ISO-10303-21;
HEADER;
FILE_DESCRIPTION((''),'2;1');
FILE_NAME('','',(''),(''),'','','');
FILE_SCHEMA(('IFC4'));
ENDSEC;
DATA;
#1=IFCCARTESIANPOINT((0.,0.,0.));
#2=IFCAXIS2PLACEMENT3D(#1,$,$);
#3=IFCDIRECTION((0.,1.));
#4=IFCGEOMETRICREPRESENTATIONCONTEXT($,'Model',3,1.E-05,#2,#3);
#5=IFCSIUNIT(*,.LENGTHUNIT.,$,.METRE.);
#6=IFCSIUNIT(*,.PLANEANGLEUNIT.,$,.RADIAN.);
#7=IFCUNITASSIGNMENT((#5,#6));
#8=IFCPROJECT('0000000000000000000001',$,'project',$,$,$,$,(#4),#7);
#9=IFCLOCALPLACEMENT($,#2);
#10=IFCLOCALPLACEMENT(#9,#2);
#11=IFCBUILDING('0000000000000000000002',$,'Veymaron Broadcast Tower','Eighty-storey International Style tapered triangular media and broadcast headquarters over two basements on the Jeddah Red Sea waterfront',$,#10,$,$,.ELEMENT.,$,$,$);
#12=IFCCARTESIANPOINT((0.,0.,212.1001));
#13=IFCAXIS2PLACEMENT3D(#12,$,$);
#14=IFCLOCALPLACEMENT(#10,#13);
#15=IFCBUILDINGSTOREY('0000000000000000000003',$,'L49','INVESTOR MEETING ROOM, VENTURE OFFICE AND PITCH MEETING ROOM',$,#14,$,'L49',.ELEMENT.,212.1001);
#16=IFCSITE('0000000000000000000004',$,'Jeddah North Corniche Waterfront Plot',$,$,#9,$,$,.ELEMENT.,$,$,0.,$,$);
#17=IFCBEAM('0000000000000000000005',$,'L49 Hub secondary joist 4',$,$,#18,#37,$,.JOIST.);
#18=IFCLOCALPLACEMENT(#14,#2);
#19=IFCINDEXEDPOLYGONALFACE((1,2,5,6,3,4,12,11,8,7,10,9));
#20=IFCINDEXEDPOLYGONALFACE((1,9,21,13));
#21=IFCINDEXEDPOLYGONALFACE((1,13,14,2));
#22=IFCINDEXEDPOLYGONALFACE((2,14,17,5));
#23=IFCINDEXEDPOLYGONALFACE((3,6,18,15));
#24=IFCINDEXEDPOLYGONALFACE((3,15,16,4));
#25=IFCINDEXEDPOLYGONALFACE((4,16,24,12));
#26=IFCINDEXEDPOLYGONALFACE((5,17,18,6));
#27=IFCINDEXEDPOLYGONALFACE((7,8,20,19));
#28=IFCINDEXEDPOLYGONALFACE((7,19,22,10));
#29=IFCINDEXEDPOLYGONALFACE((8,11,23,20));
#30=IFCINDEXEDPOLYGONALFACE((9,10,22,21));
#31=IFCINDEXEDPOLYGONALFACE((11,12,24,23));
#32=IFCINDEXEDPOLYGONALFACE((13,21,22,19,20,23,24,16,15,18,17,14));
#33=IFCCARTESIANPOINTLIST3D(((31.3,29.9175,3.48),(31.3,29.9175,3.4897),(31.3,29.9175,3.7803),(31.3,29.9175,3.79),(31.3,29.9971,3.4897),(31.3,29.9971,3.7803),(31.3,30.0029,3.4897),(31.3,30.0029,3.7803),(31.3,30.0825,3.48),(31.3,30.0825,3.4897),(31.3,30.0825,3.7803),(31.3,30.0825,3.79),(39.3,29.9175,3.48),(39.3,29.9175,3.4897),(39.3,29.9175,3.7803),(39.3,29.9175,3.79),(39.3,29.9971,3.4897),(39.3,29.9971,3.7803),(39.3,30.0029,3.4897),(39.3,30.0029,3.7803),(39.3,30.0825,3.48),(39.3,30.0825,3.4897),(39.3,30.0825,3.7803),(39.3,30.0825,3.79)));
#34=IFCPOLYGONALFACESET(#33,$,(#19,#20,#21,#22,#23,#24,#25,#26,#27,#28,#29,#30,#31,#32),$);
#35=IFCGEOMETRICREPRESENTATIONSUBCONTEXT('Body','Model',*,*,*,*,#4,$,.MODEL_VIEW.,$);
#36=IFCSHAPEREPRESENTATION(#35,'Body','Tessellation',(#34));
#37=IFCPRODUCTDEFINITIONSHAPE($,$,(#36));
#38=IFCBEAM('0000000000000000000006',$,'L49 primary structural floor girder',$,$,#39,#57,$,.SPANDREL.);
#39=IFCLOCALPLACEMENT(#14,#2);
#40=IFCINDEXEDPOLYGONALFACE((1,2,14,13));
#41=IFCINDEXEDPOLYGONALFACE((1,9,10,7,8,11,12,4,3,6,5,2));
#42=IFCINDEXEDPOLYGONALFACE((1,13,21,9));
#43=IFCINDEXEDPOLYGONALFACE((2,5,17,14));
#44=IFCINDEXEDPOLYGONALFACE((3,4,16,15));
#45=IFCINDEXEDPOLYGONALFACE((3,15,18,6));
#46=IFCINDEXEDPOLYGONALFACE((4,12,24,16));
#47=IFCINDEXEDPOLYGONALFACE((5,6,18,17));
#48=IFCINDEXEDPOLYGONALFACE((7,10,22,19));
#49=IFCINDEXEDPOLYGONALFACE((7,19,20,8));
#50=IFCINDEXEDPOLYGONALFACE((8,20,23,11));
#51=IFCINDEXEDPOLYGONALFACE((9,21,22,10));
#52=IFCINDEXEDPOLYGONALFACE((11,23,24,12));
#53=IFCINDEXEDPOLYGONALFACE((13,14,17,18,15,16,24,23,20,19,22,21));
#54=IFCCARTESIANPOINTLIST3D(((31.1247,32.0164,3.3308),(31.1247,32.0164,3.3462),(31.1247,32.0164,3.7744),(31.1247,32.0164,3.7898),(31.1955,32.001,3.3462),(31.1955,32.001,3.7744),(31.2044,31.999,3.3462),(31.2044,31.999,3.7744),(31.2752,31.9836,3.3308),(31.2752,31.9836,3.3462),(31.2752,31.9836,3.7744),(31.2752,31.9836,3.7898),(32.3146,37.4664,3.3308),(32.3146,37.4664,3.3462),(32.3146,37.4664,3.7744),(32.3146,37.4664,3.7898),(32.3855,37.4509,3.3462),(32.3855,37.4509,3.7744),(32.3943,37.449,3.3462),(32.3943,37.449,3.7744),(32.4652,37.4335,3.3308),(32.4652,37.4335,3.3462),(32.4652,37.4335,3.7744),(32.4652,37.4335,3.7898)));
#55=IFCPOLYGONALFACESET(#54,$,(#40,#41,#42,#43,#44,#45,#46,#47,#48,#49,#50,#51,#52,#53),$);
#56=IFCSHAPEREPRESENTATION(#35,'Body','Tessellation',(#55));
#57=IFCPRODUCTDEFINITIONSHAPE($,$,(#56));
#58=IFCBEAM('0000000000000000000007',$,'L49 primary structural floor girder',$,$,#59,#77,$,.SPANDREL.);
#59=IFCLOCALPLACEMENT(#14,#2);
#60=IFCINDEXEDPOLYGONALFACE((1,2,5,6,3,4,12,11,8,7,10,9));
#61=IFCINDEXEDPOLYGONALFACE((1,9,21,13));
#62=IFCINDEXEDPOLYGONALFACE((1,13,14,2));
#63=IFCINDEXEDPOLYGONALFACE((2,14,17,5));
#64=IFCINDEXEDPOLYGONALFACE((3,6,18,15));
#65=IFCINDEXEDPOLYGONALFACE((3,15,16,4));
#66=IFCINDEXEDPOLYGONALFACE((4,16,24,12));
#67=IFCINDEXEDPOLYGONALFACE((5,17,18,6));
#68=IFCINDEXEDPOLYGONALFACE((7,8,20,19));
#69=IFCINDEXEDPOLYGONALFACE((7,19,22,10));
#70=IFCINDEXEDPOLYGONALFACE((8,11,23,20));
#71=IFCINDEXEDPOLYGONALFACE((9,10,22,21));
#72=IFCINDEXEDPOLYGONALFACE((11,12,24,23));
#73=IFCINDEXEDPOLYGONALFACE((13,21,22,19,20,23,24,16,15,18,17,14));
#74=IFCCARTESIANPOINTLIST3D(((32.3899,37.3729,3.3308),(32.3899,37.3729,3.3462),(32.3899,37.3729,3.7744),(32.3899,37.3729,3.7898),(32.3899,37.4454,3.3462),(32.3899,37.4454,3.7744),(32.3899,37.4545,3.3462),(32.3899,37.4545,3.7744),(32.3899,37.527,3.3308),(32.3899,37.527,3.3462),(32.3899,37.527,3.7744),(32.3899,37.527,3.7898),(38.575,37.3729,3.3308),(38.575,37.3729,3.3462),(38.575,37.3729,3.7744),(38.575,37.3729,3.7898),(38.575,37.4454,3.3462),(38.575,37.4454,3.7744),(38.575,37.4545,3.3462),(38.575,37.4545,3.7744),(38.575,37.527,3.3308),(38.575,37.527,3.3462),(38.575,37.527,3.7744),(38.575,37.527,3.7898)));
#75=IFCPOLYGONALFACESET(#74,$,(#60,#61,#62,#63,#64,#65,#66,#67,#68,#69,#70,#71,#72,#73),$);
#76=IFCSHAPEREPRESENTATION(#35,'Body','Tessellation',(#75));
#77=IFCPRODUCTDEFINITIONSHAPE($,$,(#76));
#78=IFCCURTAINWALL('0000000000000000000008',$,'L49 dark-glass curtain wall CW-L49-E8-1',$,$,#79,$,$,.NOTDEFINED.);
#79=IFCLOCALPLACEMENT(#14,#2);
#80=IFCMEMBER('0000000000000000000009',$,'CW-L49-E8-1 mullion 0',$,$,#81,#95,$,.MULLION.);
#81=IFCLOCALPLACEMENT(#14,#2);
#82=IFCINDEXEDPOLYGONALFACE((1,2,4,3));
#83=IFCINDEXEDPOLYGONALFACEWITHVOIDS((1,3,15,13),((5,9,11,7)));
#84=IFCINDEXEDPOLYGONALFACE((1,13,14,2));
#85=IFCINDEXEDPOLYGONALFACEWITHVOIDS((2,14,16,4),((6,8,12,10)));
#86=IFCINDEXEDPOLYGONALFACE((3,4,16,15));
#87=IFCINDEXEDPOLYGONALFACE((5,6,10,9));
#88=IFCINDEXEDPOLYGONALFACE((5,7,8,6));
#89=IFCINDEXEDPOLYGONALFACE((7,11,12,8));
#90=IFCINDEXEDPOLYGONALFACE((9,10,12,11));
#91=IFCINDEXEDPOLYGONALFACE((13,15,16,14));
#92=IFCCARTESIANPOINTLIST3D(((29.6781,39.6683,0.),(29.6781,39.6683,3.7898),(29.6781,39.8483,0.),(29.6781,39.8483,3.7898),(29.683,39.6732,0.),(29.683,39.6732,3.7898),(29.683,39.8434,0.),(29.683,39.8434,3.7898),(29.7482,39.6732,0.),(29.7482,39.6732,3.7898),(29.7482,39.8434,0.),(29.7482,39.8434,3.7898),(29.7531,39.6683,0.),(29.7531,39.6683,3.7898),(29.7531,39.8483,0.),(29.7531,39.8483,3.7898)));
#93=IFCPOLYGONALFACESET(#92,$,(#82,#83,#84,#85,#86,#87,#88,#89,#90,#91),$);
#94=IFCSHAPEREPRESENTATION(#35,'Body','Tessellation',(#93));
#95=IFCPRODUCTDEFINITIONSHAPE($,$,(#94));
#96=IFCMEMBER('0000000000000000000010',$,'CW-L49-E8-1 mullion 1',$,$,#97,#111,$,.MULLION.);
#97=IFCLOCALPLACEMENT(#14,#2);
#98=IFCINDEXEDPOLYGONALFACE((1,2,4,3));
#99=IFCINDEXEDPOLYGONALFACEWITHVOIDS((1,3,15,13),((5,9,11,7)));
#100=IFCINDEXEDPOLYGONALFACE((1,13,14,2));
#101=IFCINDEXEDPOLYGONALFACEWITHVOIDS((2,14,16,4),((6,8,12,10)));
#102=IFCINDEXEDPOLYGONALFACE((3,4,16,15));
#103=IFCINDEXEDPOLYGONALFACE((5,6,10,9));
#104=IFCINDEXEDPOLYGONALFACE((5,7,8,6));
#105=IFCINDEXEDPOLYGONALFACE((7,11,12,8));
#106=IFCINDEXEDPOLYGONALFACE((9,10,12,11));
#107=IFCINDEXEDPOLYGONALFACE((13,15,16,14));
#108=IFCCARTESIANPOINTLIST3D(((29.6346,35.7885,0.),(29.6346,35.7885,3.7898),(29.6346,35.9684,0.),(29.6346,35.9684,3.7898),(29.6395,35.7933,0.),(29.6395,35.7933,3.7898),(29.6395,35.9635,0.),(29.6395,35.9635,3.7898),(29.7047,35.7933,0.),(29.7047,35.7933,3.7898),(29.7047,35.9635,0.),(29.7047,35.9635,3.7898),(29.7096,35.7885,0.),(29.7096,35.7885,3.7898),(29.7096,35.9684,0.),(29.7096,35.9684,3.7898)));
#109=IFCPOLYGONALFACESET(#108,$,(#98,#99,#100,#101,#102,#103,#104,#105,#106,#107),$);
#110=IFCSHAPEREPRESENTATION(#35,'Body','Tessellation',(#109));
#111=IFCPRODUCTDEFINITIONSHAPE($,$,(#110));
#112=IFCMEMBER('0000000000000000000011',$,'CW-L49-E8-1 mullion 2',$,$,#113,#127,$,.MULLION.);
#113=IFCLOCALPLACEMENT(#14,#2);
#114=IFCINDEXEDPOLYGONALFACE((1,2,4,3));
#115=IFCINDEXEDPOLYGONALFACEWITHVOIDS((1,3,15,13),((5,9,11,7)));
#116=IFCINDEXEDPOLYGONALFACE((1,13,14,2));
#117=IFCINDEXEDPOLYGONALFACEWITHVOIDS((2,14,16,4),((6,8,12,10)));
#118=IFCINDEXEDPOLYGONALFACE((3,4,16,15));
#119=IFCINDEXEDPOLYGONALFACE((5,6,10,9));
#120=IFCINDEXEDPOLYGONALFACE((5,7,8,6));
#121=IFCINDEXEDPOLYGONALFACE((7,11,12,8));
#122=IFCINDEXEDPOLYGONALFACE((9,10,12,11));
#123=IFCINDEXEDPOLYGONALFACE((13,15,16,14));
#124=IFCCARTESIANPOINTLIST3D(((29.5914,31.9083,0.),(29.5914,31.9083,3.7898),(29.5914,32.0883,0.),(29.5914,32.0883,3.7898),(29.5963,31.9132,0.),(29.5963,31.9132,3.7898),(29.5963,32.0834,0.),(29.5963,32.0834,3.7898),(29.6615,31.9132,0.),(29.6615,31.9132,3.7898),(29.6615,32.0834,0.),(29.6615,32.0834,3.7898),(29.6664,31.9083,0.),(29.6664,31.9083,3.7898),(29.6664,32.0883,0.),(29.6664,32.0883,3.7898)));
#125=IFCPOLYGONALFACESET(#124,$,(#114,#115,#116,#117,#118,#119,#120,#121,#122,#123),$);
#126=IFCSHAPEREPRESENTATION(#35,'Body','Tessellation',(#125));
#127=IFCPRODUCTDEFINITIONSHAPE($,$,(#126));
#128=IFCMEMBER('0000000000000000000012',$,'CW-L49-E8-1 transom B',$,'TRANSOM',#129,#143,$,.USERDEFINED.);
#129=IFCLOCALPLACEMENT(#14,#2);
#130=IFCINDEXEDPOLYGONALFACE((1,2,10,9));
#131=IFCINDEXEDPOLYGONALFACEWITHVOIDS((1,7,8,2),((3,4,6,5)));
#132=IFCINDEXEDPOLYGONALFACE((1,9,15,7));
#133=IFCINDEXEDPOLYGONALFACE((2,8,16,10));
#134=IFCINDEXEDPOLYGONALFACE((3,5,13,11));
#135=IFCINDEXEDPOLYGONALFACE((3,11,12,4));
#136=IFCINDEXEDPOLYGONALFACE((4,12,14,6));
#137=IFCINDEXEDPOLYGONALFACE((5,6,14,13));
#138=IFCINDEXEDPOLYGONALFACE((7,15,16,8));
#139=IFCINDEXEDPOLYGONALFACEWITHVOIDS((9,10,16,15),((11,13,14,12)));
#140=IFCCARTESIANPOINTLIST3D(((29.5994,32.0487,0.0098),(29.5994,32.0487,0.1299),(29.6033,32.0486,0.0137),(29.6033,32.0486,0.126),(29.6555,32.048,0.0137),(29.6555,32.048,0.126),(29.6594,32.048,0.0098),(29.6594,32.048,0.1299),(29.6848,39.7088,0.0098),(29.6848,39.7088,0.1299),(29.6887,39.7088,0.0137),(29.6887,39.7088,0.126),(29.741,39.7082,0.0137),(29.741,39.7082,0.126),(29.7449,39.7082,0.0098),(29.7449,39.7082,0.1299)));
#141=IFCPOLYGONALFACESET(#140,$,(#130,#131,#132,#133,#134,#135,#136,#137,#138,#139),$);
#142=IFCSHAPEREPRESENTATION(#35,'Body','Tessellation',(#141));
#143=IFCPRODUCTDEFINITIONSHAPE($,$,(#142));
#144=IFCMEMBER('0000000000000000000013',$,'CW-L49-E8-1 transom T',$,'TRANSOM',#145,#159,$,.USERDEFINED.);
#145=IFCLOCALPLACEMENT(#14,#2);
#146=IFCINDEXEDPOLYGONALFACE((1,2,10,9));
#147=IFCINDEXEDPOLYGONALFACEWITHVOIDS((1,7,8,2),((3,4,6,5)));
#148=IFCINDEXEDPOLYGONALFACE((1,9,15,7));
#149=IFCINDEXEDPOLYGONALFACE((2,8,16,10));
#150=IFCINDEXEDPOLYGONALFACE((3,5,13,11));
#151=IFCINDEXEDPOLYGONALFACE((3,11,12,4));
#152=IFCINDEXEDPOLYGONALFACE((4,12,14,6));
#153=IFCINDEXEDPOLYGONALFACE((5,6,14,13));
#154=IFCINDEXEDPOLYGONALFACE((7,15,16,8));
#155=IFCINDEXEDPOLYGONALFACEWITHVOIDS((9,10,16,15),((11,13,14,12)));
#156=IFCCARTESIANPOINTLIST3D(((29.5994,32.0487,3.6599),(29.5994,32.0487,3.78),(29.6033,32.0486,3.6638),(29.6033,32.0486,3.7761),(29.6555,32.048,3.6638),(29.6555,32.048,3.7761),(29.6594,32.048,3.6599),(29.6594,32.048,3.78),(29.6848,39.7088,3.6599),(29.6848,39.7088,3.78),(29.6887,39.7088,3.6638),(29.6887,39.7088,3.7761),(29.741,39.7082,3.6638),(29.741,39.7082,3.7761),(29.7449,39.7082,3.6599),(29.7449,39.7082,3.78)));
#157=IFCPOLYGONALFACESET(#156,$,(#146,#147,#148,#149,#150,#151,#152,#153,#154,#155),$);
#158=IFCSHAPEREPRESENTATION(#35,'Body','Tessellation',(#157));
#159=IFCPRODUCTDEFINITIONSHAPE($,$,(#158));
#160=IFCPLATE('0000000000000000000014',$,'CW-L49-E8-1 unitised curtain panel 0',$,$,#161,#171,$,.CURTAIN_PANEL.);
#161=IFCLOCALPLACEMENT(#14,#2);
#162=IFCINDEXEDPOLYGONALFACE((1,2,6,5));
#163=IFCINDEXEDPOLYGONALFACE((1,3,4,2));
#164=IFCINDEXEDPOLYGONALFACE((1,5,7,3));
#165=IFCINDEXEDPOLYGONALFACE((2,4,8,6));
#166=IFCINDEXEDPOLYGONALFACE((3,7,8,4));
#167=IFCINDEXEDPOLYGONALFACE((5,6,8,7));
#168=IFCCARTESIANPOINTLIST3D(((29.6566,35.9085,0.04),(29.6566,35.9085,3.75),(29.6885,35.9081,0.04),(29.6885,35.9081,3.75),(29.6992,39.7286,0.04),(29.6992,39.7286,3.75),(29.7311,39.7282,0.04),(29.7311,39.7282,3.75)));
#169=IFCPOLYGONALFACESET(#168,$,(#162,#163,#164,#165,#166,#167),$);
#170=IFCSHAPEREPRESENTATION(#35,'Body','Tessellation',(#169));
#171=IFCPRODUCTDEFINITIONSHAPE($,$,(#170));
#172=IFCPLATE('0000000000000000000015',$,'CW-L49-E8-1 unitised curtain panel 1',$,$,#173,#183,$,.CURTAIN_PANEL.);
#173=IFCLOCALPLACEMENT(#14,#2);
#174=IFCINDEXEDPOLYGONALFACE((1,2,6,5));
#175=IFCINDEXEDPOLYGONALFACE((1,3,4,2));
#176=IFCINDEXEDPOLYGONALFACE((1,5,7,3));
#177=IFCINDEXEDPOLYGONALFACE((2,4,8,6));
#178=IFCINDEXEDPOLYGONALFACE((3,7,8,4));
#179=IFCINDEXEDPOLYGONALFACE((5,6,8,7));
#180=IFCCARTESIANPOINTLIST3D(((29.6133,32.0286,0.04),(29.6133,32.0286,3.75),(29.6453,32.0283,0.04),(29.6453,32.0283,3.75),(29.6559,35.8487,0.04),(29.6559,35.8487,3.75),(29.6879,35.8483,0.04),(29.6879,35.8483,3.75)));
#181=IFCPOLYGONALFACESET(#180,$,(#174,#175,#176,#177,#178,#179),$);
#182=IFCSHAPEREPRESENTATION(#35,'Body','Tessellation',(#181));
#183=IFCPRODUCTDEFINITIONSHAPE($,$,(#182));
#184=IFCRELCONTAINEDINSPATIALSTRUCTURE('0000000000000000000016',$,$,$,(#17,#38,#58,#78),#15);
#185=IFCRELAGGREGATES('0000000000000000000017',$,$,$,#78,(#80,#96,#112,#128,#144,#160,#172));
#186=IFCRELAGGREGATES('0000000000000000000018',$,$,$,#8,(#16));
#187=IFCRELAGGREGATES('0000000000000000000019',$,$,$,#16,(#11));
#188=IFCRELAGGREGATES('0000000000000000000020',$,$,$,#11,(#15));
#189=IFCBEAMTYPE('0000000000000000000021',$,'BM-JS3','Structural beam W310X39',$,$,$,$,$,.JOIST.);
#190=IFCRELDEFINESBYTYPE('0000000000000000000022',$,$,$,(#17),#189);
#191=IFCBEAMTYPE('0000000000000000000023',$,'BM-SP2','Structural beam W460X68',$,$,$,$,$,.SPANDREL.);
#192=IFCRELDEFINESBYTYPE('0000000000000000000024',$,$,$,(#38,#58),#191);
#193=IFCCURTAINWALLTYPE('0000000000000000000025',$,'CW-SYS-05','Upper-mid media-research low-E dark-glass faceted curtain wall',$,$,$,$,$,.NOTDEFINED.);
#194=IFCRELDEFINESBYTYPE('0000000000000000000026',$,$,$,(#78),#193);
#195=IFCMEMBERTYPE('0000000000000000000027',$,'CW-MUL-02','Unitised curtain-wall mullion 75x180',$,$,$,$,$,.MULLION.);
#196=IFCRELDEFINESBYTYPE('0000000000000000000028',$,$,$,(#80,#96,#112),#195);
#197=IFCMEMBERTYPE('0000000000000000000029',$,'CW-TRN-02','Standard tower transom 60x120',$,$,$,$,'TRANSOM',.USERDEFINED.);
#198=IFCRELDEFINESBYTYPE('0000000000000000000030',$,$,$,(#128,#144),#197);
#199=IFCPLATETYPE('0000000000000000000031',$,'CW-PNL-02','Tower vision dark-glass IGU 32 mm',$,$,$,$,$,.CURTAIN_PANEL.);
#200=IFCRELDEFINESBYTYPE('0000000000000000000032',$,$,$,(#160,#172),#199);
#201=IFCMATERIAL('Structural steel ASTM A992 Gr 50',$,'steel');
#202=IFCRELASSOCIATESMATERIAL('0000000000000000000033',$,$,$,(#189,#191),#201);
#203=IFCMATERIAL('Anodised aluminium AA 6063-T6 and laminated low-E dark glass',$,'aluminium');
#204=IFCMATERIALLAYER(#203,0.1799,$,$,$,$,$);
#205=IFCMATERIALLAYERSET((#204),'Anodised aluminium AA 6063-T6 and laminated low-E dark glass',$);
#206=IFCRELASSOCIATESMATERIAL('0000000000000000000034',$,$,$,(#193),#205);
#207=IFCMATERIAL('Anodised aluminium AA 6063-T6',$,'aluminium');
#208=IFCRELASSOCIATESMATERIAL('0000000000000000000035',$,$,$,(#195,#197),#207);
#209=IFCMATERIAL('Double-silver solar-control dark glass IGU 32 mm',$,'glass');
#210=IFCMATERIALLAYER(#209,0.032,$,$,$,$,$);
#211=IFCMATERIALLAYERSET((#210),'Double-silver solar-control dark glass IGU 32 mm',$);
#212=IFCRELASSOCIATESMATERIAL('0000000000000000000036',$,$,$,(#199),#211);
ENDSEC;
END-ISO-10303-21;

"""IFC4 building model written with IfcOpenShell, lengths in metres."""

from ifc_helpers import new_model, si_unit, direction, frame, origin, origin_2d, place, context, subcontext, project, spatial, rectangle, hollow_rectangle, i_section, extrude, material, layer, layer_set, material_profile, profile_set, type_object, element, aggregate, save


model = new_model("IFC4")

# Units and contexts
model_context = context("Model", 3, precision=1e-05, world=origin(), true_north=direction((0.0, 1.0)))
body_context = subcontext(model_context, "Body", "Model", "MODEL_VIEW")
ifc_project = project(units=[si_unit("LENGTHUNIT", "METRE"), si_unit("PLANEANGLEUNIT", "RADIAN")], contexts=[model_context])

# Site, building, storey
site_placement = place(None, origin())
site = spatial("IfcSite", under=ifc_project, at=site_placement, Name="Jeddah North Corniche Waterfront Plot", CompositionType="ELEMENT", RefElevation=0.0)
building_placement = place(site_placement, origin())
building = spatial("IfcBuilding", under=site, at=building_placement, Name="Veymaron Broadcast Tower", Description="Eighty-storey International Style tapered triangular media and broadcast headquarters over two basements on the Jeddah Red Sea waterfront", CompositionType="ELEMENT")
storey_placement = place(building_placement, frame((0.0, 0.0, 212.1001)))
storey = spatial("IfcBuildingStorey", under=building, at=storey_placement, Name="L49", Description="INVESTOR MEETING ROOM, VENTURE OFFICE AND PITCH MEETING ROOM", LongName="L49", CompositionType="ELEMENT", Elevation=212.1001)

# Shared definitions
ifc_material_1 = material(Name="Structural steel ASTM A992 Gr 50", Category="steel")

# Beams
ifc_material_profile_1 = material_profile(ifc_material_1, i_section(OverallWidth=0.165, OverallDepth=0.3101, WebThickness=0.0059, FlangeThickness=0.0098, at=origin_2d()), Name="W310X39")
ifc_profile_set_1 = profile_set([ifc_material_profile_1], Name="Structural steel ASTM A992 Gr 50")
beam_type_1 = type_object("IfcBeamType", Name="BM-JS3", Description="Structural beam W310X39", PredefinedType="JOIST", material=ifc_profile_set_1)
for number, where, z_axis, x_axis, name in (
    (1, (31.3, 30.0, 3.635), (1.0, 0.0, 0.0), (0.0, 1.0, 0.0), "L49 Hub secondary joist 4"),
):
    element("IfcBeam", number, at=place(storey_placement, frame(where, z_axis=z_axis, x_axis=x_axis)), inside=storey, type_object=beam_type_1, Name=name, PredefinedType="JOIST", context=body_context, shape_type="SweptSolid", body=[
        extrude(i_section(OverallWidth=0.165, OverallDepth=0.3101, WebThickness=0.0059, FlangeThickness=0.0098, at=origin_2d()), origin(), (0.0, 0.0, 1.0), 8.0),
    ])
ifc_material_profile_2 = material_profile(ifc_material_1, i_section(OverallWidth=0.1541, OverallDepth=0.459, WebThickness=0.009, FlangeThickness=0.0154, at=origin_2d()), Name="W460X68")
ifc_profile_set_2 = profile_set([ifc_material_profile_2], Name="Structural steel ASTM A992 Gr 50")
beam_type_2 = type_object("IfcBeamType", Name="BM-SP2", Description="Structural beam W460X68", PredefinedType="SPANDREL", material=ifc_profile_set_2)
beam_1_placement = place(storey_placement, frame((31.2, 32.0, 3.5603), z_axis=(0.213314, 0.976984, 0.0), x_axis=(-0.976984, 0.213314, 0.0)))
element("IfcBeam", 2, at=beam_1_placement, inside=storey, type_object=beam_type_2, Name="L49 primary structural floor girder", PredefinedType="SPANDREL", context=body_context, shape_type="SweptSolid", body=[
    extrude(i_section(OverallWidth=0.1541, OverallDepth=0.459, WebThickness=0.009, FlangeThickness=0.0154, at=origin_2d()), origin(), (0.0, 0.0, 1.0), 5.5784),
])
beam_2_placement = place(storey_placement, frame((32.3899, 37.45, 3.5603), z_axis=(1.0, 0.0, 0.0), x_axis=(0.0, 1.0, 0.0)))
element("IfcBeam", 3, at=beam_2_placement, inside=storey, type_object=beam_type_2, Name="L49 primary structural floor girder", PredefinedType="SPANDREL", context=body_context, shape_type="SweptSolid", body=[
    extrude(i_section(OverallWidth=0.1541, OverallDepth=0.459, WebThickness=0.009, FlangeThickness=0.0154, at=origin_2d()), origin(), (0.0, 0.0, 1.0), 6.1851),
])

# Curtain wall, members, plates
ifc_material_2 = material(Name="Anodised aluminium AA 6063-T6 and laminated low-E dark glass", Category="aluminium")
ifc_layer_1 = layer(ifc_material_2, 0.1799)
ifc_layer_set_1 = layer_set([ifc_layer_1], Name="Anodised aluminium AA 6063-T6 and laminated low-E dark glass")
curtain_wall_type = type_object("IfcCurtainWallType", Name="CW-SYS-05", Description="Upper-mid media-research low-E dark-glass faceted curtain wall", PredefinedType="NOTDEFINED", material=ifc_layer_set_1)
curtain_wall_placement = place(storey_placement, origin())
curtain_wall = element("IfcCurtainWall", 4, at=curtain_wall_placement, inside=storey, type_object=curtain_wall_type, Name="L49 dark-glass curtain wall CW-L49-E8-1", PredefinedType="NOTDEFINED")
ifc_material_3 = material(Name="Anodised aluminium AA 6063-T6", Category="aluminium")
ifc_material_profile_3 = material_profile(ifc_material_3, hollow_rectangle(XDim=0.075, YDim=0.1799, WallThickness=0.0049, at=origin_2d()), Name="AL180X75X5")
ifc_profile_set_3 = profile_set([ifc_material_profile_3], Name="Anodised aluminium AA 6063-T6")
member_type_1 = type_object("IfcMemberType", Name="CW-MUL-02", Description="Unitised curtain-wall mullion 75x180", PredefinedType="MULLION", material=ifc_profile_set_3)
member_1_placement = place(storey_placement, frame((29.7156, 39.7583, 0.0), z_axis=(0.0, 0.0, 1.0), x_axis=(1.0, 0.0, 0.0)))
member_1 = element("IfcMember", 5, at=member_1_placement, type_object=member_type_1, Name="CW-L49-E8-1 mullion 0", PredefinedType="MULLION", context=body_context, shape_type="SweptSolid", body=[
    extrude(hollow_rectangle(XDim=0.075, YDim=0.1799, WallThickness=0.0049, at=origin_2d()), origin(), (0.0, 0.0, 1.0), 3.7898),
])
member_2_placement = place(storey_placement, frame((29.6721, 35.8784, 0.0), z_axis=(0.0, 0.0, 1.0), x_axis=(1.0, 0.0, 0.0)))
member_2 = element("IfcMember", 6, at=member_2_placement, type_object=member_type_1, Name="CW-L49-E8-1 mullion 1", PredefinedType="MULLION", context=body_context, shape_type="SweptSolid", body=[
    extrude(hollow_rectangle(XDim=0.075, YDim=0.1799, WallThickness=0.0049, at=origin_2d()), origin(), (0.0, 0.0, 1.0), 3.7898),
])
member_3_placement = place(storey_placement, frame((29.6289, 31.9983, 0.0), z_axis=(0.0, 0.0, 1.0), x_axis=(1.0, 0.0, 0.0)))
member_3 = element("IfcMember", 7, at=member_3_placement, type_object=member_type_1, Name="CW-L49-E8-1 mullion 2", PredefinedType="MULLION", context=body_context, shape_type="SweptSolid", body=[
    extrude(hollow_rectangle(XDim=0.075, YDim=0.1799, WallThickness=0.0049, at=origin_2d()), origin(), (0.0, 0.0, 1.0), 3.7898),
])
ifc_material_profile_4 = material_profile(ifc_material_3, hollow_rectangle(XDim=0.0601, YDim=0.1201, WallThickness=0.0039, at=origin_2d()), Name="AL120X60X4")
ifc_profile_set_4 = profile_set([ifc_material_profile_4], Name="Anodised aluminium AA 6063-T6")
member_type_2 = type_object("IfcMemberType", Name="CW-TRN-02", Description="Standard tower transom 60x120", ElementType="TRANSOM", PredefinedType="USERDEFINED", material=ifc_profile_set_4)
member_4_placement = place(storey_placement, frame((29.7148, 39.7085, 0.0698), z_axis=(-0.011154, -0.999938, 0.0), x_axis=(0.999938, -0.011154, 0.0)))
member_4 = element("IfcMember", 8, at=member_4_placement, type_object=member_type_2, Name="CW-L49-E8-1 transom B", ObjectType="TRANSOM", PredefinedType="USERDEFINED", context=body_context, shape_type="SweptSolid", body=[
    extrude(hollow_rectangle(XDim=0.0601, YDim=0.1201, WallThickness=0.0039, at=origin_2d()), origin(), (0.0, 0.0, 1.0), 7.6606),
])
member_5_placement = place(storey_placement, frame((29.7148, 39.7085, 3.72), z_axis=(-0.011154, -0.999938, 0.0), x_axis=(0.999938, -0.011154, 0.0)))
member_5 = element("IfcMember", 9, at=member_5_placement, type_object=member_type_2, Name="CW-L49-E8-1 transom T", ObjectType="TRANSOM", PredefinedType="USERDEFINED", context=body_context, shape_type="SweptSolid", body=[
    extrude(hollow_rectangle(XDim=0.0601, YDim=0.1201, WallThickness=0.0039, at=origin_2d()), origin(), (0.0, 0.0, 1.0), 7.6606),
])
ifc_material_4 = material(Name="Double-silver solar-control dark glass IGU 32 mm", Category="glass")
ifc_layer_2 = layer(ifc_material_4, 0.032)
ifc_layer_set_2 = layer_set([ifc_layer_2], Name="Double-silver solar-control dark glass IGU 32 mm")
plate_type = type_object("IfcPlateType", Name="CW-PNL-02", Description="Tower vision dark-glass IGU 32 mm", PredefinedType="CURTAIN_PANEL", material=ifc_layer_set_2)
plate_1_placement = place(storey_placement, frame((29.6938, 37.8184, 0.04), z_axis=(0.0, 0.0, 1.0), x_axis=(-0.011152, -0.999938, 0.0)))
plate_1 = element("IfcPlate", 10, at=plate_1_placement, type_object=plate_type, Name="CW-L49-E8-1 unitised curtain panel 0", PredefinedType="CURTAIN_PANEL", context=body_context, shape_type="SweptSolid", body=[
    extrude(rectangle(XDim=3.8203, YDim=0.032, at=origin_2d()), origin(), (0.0, 0.0, 1.0), 3.71),
])
plate_2_placement = place(storey_placement, frame((29.6506, 33.9385, 0.04), z_axis=(0.0, 0.0, 1.0), x_axis=(-0.011152, -0.999938, 0.0)))
plate_2 = element("IfcPlate", 11, at=plate_2_placement, type_object=plate_type, Name="CW-L49-E8-1 unitised curtain panel 1", PredefinedType="CURTAIN_PANEL", context=body_context, shape_type="SweptSolid", body=[
    extrude(rectangle(XDim=3.8203, YDim=0.032, at=origin_2d()), origin(), (0.0, 0.0, 1.0), 3.71),
])
aggregate(curtain_wall, [member_1, member_2, member_3, member_4, member_5, plate_1, plate_2])

save(model, "model.ifc")
